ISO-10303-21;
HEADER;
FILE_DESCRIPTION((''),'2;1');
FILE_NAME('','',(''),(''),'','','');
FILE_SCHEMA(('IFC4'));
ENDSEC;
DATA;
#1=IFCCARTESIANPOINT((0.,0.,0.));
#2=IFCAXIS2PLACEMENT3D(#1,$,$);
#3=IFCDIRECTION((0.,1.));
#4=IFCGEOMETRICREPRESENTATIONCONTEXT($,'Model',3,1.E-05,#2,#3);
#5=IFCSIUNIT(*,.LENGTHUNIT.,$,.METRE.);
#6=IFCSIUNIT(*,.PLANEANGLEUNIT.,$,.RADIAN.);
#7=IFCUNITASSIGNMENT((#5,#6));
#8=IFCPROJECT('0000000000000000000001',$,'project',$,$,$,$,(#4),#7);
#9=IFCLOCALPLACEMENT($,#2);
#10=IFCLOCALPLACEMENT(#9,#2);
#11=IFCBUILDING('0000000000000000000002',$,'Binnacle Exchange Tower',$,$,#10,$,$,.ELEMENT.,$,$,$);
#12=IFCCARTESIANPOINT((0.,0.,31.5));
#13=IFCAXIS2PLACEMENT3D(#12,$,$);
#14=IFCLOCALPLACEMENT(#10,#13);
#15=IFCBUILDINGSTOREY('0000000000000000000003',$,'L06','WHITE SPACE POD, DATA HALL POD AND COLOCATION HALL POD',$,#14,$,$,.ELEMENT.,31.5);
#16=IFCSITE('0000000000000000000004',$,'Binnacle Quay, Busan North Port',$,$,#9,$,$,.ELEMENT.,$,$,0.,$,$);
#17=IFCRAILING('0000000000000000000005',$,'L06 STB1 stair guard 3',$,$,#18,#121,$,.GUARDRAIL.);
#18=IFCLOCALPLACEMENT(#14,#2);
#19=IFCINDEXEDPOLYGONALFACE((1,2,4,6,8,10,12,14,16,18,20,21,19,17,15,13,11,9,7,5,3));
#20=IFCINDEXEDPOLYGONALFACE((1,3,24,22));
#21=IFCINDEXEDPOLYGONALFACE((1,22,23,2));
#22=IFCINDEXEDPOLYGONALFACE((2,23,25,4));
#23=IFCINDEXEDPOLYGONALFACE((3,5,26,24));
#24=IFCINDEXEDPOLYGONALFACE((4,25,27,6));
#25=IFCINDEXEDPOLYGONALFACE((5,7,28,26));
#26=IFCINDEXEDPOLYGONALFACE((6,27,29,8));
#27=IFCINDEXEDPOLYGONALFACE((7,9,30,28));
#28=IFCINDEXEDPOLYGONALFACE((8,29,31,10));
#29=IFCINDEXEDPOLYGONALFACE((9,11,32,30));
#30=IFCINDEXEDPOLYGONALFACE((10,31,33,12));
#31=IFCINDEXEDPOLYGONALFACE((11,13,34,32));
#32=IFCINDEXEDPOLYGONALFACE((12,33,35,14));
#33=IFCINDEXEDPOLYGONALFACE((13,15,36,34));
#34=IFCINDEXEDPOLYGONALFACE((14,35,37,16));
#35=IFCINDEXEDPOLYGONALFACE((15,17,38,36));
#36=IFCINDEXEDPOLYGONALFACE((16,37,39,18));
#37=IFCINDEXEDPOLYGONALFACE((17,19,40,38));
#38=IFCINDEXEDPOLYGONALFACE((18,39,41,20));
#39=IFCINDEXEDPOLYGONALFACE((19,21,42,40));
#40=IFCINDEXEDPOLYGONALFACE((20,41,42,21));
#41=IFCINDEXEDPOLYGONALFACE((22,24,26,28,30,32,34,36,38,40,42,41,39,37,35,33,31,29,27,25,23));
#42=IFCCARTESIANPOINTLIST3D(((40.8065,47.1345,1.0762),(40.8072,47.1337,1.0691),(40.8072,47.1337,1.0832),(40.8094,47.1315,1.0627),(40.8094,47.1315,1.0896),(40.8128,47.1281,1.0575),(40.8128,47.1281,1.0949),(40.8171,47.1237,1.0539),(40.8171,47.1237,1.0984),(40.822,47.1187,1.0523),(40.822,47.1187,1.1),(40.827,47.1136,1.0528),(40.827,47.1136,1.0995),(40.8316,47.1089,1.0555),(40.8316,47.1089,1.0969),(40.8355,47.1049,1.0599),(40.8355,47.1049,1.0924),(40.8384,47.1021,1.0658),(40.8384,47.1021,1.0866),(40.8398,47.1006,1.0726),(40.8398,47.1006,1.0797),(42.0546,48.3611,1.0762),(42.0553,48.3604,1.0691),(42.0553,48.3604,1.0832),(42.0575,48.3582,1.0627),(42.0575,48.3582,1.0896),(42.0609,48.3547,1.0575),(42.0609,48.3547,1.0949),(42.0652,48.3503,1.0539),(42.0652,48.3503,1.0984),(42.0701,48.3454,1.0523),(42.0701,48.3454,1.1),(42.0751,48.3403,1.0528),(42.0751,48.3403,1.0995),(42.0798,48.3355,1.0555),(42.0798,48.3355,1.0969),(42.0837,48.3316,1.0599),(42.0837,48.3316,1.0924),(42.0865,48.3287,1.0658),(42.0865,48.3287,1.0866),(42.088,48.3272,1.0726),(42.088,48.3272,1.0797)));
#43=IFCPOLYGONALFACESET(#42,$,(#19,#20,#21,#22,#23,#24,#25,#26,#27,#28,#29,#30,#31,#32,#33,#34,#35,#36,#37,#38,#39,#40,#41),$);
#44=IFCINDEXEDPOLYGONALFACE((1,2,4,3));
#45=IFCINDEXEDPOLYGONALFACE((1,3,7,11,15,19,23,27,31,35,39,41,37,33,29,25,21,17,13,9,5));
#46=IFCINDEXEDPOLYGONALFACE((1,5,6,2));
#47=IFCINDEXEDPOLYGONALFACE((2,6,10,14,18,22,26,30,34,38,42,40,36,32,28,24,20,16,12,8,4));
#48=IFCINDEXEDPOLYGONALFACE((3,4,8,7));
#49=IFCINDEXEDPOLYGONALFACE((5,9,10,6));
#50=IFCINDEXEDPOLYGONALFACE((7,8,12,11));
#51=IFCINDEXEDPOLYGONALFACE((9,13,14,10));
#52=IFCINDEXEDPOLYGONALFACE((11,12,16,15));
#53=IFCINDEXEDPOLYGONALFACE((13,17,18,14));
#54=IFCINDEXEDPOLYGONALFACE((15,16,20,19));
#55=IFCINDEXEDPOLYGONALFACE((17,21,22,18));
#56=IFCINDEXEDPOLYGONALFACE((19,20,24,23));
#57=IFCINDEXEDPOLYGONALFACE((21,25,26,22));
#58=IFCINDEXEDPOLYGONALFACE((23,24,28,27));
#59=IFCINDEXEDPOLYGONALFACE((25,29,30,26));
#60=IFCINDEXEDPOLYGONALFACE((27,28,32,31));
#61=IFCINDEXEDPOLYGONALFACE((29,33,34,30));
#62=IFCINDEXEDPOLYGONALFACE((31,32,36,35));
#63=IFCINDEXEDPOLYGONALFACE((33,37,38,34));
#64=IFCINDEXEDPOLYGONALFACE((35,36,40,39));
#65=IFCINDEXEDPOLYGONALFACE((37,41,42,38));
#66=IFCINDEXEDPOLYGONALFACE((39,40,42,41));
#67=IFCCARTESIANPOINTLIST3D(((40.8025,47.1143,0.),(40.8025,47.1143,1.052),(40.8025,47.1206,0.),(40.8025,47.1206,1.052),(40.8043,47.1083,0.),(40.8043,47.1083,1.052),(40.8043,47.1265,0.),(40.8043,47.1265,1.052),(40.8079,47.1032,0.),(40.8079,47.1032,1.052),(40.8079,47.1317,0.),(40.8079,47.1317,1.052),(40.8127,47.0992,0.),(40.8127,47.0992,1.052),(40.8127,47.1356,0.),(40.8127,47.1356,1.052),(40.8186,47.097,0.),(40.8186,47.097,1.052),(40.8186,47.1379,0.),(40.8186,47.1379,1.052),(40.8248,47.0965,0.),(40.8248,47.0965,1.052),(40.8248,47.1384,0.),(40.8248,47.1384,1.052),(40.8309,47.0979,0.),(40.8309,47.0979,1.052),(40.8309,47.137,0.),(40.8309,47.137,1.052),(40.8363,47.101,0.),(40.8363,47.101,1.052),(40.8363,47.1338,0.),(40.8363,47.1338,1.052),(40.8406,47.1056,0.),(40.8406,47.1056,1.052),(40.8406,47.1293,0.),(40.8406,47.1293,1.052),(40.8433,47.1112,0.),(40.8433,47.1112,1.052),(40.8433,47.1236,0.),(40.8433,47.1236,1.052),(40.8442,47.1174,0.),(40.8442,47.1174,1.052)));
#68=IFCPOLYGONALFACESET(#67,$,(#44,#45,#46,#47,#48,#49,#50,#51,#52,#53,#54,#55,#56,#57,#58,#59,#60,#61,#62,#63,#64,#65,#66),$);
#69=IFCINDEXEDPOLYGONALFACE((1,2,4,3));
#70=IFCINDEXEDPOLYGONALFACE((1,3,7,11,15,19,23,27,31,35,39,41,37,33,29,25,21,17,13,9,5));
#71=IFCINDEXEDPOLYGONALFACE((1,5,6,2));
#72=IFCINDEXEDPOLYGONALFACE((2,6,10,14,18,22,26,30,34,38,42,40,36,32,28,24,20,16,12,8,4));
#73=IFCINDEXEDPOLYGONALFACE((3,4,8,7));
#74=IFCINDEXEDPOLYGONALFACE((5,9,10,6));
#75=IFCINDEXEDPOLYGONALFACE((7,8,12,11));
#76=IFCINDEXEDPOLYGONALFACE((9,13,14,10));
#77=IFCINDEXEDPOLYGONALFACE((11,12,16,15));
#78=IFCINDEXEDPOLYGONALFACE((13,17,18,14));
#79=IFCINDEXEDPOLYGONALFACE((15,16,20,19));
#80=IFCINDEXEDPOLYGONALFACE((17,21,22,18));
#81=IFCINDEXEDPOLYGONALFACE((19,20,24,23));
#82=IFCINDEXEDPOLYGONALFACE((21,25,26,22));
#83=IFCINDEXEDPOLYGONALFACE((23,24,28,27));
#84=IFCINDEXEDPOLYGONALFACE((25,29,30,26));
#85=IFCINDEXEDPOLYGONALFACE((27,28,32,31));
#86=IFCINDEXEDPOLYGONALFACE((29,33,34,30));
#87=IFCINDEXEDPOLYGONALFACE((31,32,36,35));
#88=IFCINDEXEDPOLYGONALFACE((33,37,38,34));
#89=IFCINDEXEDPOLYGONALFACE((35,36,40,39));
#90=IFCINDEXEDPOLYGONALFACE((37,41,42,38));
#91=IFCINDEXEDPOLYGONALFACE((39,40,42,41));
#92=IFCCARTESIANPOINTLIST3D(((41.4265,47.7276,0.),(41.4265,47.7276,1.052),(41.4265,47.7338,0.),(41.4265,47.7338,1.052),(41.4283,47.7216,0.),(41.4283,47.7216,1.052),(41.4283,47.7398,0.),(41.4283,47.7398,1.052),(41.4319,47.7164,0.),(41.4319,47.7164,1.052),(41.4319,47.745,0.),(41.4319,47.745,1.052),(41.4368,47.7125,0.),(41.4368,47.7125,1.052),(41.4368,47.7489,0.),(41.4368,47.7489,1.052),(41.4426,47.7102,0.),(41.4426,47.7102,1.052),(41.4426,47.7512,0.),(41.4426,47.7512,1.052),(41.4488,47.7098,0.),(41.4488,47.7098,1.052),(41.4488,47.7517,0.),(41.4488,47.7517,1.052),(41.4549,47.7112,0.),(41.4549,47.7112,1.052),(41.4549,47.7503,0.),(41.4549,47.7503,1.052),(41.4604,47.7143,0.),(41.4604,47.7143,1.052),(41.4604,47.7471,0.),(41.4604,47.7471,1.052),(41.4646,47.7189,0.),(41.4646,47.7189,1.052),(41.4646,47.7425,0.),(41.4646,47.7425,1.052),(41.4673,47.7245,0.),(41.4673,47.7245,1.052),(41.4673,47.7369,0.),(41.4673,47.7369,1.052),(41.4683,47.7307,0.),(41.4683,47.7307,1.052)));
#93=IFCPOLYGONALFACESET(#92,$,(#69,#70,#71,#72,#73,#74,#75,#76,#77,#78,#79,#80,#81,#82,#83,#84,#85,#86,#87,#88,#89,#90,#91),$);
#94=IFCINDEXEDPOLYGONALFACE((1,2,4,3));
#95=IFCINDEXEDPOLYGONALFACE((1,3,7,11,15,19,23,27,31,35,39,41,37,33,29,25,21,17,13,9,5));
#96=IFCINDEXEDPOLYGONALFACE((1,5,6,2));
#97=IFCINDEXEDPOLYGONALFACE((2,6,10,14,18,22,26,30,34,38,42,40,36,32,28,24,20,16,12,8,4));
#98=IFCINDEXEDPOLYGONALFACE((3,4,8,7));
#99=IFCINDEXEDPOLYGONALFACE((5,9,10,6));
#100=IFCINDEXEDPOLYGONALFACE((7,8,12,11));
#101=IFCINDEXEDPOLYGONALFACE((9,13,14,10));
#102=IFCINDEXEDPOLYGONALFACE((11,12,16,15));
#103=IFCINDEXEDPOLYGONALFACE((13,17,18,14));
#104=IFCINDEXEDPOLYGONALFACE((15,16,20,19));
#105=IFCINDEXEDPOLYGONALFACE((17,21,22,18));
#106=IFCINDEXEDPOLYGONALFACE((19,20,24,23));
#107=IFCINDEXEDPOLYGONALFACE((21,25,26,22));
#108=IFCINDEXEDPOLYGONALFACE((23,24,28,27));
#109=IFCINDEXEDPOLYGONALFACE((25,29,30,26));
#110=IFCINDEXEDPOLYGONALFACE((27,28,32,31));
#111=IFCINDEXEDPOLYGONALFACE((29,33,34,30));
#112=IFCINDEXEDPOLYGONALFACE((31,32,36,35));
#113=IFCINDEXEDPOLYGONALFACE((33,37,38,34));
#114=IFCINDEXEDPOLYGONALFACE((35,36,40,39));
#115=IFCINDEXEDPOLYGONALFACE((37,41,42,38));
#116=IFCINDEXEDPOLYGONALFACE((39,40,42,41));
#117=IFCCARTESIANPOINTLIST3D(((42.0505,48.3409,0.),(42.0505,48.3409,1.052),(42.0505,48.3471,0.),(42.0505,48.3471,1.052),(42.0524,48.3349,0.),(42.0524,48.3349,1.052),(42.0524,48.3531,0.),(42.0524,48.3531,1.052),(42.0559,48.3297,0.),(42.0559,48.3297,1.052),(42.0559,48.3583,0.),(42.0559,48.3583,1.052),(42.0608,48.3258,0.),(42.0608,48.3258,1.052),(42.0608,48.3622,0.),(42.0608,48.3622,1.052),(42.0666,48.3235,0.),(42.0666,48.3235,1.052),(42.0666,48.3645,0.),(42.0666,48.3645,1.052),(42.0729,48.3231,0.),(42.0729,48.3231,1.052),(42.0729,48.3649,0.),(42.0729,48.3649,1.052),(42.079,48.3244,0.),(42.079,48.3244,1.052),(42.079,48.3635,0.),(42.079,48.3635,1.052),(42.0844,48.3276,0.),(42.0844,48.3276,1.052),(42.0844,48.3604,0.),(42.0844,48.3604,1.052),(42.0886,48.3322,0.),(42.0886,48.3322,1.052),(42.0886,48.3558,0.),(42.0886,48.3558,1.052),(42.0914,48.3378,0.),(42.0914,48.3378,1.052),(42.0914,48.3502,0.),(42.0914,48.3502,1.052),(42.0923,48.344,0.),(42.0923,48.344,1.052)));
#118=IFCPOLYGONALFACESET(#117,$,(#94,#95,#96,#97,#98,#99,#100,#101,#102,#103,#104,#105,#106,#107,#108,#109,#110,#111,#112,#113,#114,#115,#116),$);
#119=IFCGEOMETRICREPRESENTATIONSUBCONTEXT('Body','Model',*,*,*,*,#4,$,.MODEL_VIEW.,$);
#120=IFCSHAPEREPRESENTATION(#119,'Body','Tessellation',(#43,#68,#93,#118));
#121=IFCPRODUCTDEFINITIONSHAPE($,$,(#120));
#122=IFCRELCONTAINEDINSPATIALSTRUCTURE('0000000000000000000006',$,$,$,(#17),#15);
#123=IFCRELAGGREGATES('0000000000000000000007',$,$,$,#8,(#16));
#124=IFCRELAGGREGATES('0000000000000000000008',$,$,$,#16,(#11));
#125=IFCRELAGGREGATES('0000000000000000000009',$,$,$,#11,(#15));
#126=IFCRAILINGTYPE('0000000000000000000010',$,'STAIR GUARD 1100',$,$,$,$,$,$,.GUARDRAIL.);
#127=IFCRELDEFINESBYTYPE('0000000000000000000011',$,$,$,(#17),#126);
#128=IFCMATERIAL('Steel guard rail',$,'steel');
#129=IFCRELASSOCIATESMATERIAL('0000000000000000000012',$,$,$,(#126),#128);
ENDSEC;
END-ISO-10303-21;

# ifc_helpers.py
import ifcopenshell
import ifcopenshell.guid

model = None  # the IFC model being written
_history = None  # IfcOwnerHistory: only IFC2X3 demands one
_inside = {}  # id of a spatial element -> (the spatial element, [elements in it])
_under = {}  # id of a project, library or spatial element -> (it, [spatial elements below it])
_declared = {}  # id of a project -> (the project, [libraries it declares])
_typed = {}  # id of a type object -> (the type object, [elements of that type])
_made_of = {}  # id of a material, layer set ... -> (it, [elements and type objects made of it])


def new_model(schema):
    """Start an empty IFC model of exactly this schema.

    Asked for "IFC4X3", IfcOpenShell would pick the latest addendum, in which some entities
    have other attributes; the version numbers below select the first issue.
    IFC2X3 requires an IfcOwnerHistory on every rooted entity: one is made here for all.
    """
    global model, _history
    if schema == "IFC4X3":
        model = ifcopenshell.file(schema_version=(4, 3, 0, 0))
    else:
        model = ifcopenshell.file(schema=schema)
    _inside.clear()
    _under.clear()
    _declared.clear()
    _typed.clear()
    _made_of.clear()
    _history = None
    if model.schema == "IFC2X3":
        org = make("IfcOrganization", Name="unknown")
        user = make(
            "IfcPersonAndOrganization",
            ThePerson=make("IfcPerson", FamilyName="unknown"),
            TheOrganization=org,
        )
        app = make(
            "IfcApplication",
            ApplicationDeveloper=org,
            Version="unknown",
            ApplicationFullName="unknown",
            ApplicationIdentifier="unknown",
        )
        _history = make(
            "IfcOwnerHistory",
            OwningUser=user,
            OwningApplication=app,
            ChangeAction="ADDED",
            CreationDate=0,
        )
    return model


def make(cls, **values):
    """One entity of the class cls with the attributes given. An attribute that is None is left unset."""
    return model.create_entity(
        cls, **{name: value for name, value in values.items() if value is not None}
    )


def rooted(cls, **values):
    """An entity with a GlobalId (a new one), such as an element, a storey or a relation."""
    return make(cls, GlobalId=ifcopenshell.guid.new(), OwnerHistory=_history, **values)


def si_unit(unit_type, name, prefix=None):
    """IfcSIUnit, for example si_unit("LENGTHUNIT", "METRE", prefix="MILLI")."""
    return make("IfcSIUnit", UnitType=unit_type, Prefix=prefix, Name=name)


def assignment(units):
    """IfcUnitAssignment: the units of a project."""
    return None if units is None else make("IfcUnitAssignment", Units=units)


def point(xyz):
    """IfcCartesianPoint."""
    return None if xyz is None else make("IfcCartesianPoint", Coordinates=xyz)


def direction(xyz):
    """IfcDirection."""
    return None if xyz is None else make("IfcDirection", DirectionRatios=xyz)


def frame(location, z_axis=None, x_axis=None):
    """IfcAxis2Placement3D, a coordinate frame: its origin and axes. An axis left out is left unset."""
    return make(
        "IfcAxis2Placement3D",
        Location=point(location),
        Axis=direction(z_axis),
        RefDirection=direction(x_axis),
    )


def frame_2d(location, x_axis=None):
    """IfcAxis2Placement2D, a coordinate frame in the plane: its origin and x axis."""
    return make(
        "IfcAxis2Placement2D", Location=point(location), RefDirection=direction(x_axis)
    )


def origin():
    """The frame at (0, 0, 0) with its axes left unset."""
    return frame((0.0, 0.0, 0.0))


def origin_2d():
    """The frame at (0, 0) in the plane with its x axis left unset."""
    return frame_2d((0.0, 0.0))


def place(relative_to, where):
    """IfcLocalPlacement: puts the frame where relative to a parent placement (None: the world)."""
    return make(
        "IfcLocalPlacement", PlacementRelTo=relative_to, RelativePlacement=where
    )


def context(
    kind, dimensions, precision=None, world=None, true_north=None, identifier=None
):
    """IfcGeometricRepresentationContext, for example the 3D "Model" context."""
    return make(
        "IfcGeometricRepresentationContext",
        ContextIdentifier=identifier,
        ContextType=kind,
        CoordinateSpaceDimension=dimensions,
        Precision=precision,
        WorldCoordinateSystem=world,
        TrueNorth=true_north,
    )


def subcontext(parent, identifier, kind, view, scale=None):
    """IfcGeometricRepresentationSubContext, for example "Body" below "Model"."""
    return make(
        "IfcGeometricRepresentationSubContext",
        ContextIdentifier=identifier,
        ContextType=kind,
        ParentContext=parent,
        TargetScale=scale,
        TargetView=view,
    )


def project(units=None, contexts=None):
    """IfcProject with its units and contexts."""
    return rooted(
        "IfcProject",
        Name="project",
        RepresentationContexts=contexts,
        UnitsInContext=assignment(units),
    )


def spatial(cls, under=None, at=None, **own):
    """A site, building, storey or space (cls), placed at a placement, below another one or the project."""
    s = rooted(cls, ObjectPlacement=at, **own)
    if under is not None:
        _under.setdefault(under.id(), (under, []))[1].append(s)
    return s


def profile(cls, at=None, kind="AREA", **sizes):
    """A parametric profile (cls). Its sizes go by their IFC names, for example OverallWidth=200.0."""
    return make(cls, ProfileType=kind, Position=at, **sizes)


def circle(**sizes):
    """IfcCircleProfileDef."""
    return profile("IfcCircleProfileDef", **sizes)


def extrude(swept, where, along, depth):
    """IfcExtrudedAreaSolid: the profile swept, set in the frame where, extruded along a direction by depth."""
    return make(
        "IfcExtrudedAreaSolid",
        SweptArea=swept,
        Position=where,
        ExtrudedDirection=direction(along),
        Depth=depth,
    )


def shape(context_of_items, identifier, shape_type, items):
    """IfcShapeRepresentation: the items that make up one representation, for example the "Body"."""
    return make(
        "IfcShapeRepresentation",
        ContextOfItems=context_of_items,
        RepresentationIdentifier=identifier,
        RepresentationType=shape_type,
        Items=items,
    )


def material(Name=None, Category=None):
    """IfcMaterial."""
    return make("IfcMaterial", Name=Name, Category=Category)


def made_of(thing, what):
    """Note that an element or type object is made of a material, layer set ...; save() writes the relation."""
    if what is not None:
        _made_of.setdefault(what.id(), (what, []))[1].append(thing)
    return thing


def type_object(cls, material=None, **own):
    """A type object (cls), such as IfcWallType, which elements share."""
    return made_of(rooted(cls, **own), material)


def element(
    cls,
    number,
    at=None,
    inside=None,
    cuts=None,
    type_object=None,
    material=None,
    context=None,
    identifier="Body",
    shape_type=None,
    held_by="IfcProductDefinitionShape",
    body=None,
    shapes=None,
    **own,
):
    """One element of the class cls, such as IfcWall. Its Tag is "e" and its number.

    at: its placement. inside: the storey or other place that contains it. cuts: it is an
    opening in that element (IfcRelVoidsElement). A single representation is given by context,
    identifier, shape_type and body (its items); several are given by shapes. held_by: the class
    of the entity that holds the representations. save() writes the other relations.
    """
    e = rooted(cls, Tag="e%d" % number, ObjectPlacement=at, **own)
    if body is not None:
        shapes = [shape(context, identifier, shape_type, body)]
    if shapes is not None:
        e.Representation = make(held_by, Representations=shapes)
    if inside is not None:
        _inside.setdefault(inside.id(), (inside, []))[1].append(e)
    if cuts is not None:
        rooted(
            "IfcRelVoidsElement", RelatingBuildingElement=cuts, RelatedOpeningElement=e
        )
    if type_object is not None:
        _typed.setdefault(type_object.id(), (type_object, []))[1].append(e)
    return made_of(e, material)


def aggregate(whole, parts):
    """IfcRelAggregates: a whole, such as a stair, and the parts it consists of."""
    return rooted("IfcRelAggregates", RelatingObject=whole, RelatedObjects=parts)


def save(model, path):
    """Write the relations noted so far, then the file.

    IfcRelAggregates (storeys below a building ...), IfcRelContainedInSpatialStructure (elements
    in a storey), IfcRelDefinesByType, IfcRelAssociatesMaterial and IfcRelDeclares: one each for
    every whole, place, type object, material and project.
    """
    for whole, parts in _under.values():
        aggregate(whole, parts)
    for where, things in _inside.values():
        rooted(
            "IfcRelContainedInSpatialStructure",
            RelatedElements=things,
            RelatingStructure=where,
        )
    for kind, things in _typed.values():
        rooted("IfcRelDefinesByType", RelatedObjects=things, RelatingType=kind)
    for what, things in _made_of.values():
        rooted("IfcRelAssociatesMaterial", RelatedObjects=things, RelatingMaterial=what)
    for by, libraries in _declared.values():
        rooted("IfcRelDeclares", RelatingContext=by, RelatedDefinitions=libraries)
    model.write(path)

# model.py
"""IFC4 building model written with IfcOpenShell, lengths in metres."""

from ifc_helpers import new_model, si_unit, direction, frame, origin, origin_2d, place, context, subcontext, project, spatial, circle, extrude, material, type_object, element, save


model = new_model("IFC4")

# Units and contexts
model_context = context("Model", 3, precision=1e-05, world=origin(), true_north=direction((0.0, 1.0)))
body_context = subcontext(model_context, "Body", "Model", "MODEL_VIEW")
ifc_project = project(units=[si_unit("LENGTHUNIT", "METRE"), si_unit("PLANEANGLEUNIT", "RADIAN")], contexts=[model_context])

# Site, building, storey
site_placement = place(None, origin())
site = spatial("IfcSite", under=ifc_project, at=site_placement, Name="Binnacle Quay, Busan North Port", CompositionType="ELEMENT", RefElevation=0.0)
building_placement = place(site_placement, origin())
building = spatial("IfcBuilding", under=site, at=building_placement, Name="Binnacle Exchange Tower", CompositionType="ELEMENT")
storey_placement = place(building_placement, frame((0.0, 0.0, 31.5)))
storey = spatial("IfcBuildingStorey", under=building, at=storey_placement, Name="L06", Description="WHITE SPACE POD, DATA HALL POD AND COLOCATION HALL POD", CompositionType="ELEMENT", Elevation=31.5)

# Railing
ifc_material_1 = material(Name="Steel guard rail", Category="steel")
railing_type_1 = type_object("IfcRailingType", Name="STAIR GUARD 1100", PredefinedType="GUARDRAIL", material=ifc_material_1)
railing_1_placement = place(storey_placement, frame((40.8232, 47.1174, 0.0)))
element("IfcRailing", 1, at=railing_1_placement, inside=storey, type_object=railing_type_1, Name="L06 STB1 stair guard 3", PredefinedType="GUARDRAIL", context=body_context, shape_type="SweptSolid", body=[
    extrude(circle(Radius=0.0239, at=origin_2d()), frame((0.0, 0.0, 1.0762), z_axis=(0.713219, 0.700941, 0.0), x_axis=(-0.700941, 0.713219, 0.0)), (0.0, 0.0, 1.0), 1.75),
    extrude(circle(Radius=0.021, at=origin_2d()), origin(), (0.0, 0.0, 1.0), 1.052),
    extrude(circle(Radius=0.021, at=origin_2d()), frame((0.624, 0.6133, 0.0)), (0.0, 0.0, 1.0), 1.052),
    extrude(circle(Radius=0.021, at=origin_2d()), frame((1.248, 1.2266, 0.0)), (0.0, 0.0, 1.0), 1.052),
])

save(model, "model.ifc")
